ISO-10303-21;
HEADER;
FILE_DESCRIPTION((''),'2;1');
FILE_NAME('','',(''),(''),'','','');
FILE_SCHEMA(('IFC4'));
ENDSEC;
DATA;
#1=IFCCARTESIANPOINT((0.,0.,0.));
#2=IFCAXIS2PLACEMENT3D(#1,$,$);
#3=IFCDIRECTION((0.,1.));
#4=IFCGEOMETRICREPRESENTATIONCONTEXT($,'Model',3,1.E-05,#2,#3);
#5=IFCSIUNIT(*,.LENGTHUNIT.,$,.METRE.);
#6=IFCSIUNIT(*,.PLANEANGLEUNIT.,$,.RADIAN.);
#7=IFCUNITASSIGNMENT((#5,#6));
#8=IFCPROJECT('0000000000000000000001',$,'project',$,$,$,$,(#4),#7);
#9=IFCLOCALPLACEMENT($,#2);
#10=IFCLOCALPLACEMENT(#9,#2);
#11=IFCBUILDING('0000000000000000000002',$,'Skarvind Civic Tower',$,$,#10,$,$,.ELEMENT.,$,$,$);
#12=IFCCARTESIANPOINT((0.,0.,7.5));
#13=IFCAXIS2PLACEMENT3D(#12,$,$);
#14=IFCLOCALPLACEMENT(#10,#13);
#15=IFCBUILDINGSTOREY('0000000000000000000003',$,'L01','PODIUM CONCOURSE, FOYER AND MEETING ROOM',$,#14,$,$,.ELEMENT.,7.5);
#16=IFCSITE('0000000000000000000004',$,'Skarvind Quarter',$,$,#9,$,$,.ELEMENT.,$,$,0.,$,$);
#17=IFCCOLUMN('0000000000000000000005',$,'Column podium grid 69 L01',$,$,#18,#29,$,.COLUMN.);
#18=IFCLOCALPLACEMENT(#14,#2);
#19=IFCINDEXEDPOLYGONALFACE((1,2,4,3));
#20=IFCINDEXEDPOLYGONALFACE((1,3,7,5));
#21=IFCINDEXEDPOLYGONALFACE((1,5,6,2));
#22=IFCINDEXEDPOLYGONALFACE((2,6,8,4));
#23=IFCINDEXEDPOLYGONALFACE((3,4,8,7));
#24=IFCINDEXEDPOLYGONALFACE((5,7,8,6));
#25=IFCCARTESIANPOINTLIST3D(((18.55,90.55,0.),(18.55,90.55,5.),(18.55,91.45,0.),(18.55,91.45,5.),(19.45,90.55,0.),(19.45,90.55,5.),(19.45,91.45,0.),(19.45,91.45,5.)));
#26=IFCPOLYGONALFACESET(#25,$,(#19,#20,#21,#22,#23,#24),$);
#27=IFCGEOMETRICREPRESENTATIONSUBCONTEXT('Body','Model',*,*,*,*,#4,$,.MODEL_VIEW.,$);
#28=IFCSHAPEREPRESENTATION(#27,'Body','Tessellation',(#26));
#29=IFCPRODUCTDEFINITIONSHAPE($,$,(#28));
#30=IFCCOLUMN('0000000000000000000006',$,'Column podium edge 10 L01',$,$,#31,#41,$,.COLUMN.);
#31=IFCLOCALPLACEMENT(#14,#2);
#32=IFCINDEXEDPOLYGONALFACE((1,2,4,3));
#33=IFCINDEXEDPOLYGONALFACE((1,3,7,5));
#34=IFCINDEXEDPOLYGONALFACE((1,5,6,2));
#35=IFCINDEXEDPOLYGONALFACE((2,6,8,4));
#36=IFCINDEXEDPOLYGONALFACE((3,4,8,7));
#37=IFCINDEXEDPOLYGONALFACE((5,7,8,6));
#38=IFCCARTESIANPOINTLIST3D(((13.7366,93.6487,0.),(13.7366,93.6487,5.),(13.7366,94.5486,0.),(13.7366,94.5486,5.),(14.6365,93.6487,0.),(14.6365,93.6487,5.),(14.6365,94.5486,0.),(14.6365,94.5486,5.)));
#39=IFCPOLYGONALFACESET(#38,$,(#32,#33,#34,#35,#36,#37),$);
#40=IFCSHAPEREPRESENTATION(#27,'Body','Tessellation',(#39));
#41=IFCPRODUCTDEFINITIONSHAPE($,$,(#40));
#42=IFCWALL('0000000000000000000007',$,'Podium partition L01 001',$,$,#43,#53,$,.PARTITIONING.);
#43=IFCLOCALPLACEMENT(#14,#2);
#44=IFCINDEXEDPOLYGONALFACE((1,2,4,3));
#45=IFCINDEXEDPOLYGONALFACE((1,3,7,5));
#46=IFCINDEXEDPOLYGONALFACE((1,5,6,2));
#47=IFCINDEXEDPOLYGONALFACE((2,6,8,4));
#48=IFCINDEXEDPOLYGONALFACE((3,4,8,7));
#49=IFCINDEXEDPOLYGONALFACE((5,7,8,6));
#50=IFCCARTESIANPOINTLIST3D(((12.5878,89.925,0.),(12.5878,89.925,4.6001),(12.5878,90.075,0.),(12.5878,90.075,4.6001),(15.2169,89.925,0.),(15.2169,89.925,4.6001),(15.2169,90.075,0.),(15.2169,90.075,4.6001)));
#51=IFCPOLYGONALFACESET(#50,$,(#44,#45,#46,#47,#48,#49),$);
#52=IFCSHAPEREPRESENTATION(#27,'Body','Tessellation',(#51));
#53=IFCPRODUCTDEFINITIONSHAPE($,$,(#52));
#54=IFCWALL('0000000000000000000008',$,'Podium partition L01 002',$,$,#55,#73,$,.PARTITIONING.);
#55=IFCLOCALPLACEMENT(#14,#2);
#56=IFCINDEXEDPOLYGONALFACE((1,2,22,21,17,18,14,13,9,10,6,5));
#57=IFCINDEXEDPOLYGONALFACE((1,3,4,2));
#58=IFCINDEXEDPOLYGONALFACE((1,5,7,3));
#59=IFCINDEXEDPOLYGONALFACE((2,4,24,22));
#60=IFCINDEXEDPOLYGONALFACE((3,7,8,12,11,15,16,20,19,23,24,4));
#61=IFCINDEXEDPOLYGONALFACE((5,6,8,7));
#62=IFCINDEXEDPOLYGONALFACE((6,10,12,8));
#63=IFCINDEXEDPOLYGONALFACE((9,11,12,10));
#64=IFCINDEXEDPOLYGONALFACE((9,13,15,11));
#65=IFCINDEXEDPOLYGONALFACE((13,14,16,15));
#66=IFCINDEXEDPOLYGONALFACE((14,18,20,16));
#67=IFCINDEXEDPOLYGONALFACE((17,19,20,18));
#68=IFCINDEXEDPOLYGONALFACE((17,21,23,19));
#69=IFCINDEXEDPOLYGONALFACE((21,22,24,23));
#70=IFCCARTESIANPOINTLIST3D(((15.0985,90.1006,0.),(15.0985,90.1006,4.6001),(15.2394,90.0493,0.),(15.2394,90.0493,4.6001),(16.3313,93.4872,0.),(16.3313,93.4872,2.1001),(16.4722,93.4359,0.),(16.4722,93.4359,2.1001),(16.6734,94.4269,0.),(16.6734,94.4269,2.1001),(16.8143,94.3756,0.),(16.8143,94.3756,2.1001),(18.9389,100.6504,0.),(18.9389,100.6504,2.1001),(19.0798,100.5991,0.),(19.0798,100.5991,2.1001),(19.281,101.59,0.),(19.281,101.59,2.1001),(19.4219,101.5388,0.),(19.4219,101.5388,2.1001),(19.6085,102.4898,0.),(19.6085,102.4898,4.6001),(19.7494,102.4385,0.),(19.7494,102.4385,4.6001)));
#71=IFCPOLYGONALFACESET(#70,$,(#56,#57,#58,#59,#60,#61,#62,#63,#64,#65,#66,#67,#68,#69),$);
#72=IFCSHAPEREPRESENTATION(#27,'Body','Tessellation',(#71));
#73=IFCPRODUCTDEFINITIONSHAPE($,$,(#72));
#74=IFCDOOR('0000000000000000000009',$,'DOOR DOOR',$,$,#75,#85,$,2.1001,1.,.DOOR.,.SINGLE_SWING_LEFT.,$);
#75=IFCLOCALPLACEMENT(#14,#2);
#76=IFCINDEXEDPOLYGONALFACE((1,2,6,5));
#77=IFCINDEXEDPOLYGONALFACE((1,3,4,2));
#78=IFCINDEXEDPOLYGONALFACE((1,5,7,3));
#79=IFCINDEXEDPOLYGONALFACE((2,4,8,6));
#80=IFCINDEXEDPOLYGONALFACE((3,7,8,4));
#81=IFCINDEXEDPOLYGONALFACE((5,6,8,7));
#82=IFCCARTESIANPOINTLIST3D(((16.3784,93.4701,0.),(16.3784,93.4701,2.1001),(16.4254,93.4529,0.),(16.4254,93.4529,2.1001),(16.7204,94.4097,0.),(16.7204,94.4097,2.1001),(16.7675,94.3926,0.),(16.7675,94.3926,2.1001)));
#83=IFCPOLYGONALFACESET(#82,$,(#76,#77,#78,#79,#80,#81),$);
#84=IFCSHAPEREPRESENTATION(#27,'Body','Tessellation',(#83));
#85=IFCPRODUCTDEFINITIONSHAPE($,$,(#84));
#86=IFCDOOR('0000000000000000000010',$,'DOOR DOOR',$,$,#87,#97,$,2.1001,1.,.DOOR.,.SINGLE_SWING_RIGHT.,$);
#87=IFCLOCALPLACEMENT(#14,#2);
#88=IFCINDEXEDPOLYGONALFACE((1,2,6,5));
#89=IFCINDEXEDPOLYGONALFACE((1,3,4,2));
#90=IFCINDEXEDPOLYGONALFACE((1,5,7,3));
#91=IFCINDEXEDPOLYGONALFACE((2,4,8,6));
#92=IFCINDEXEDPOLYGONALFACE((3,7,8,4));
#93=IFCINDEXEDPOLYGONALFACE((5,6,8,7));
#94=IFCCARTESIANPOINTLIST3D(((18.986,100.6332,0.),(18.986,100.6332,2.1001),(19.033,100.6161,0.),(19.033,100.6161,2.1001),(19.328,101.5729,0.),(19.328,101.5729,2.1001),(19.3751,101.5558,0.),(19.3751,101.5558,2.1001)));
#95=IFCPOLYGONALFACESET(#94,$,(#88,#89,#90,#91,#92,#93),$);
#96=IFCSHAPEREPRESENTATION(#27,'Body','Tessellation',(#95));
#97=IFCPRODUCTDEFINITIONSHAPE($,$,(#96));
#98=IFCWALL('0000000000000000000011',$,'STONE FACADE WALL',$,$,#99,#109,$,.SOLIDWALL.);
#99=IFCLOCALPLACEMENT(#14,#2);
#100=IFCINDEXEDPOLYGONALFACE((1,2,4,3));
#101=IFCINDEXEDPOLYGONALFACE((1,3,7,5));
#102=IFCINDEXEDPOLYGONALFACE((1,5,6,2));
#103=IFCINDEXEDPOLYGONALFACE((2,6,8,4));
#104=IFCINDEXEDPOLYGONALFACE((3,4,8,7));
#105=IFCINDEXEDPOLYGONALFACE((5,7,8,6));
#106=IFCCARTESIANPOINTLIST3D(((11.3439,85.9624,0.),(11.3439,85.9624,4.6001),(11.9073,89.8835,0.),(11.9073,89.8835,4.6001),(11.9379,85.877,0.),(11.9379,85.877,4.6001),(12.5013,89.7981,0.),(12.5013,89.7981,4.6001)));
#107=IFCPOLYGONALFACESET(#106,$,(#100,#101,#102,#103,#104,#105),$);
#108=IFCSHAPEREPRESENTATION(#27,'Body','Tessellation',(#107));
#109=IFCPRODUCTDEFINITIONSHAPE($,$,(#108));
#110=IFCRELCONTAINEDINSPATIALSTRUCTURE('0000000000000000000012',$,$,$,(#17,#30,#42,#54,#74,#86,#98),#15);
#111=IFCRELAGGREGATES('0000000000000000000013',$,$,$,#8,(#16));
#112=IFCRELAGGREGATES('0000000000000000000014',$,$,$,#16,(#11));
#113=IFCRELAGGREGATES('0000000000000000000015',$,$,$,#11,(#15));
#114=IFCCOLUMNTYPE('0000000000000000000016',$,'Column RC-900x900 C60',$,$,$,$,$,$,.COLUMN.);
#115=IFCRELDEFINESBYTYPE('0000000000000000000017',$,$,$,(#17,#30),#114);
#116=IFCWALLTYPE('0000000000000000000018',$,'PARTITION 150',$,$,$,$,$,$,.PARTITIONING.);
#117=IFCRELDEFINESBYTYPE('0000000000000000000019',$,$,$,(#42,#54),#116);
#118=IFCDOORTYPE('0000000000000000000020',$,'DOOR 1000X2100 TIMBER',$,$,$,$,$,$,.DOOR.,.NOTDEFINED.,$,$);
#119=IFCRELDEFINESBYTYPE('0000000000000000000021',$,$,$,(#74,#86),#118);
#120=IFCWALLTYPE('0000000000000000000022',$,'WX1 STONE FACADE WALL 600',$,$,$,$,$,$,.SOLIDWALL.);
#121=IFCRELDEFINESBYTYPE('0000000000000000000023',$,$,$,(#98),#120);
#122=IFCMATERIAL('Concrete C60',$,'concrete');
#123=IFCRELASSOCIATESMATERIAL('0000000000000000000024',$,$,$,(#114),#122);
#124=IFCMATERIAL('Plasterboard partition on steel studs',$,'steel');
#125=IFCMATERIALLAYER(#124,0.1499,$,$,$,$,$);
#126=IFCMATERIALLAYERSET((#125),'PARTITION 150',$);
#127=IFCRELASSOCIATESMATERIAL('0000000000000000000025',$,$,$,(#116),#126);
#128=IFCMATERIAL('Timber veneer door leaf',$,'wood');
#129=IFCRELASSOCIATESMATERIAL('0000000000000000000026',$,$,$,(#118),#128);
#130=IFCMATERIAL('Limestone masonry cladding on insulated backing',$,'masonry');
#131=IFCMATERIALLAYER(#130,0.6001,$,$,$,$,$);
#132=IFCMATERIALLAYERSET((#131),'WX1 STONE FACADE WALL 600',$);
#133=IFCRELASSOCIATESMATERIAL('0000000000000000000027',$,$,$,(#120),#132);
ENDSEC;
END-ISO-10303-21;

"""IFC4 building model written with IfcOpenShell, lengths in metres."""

from ifc_helpers import new_model, si_unit, direction, frame, frame_2d, origin, origin_2d, place, context, subcontext, project, spatial, rectangle, extrude, material, layer, layer_set, material_profile, profile_set, type_object, element, fill, save


model = new_model("IFC4")

# Units and contexts
model_context = context("Model", 3, precision=1e-05, world=origin(), true_north=direction((0.0, 1.0)))
body_context = subcontext(model_context, "Body", "Model", "MODEL_VIEW")
ifc_project = project(units=[si_unit("LENGTHUNIT", "METRE"), si_unit("PLANEANGLEUNIT", "RADIAN")], contexts=[model_context])

# Site, building, storey
site_placement = place(None, origin())
site = spatial("IfcSite", under=ifc_project, at=site_placement, Name="Skarvind Quarter", CompositionType="ELEMENT", RefElevation=0.0)
building_placement = place(site_placement, origin())
building = spatial("IfcBuilding", under=site, at=building_placement, Name="Skarvind Civic Tower", CompositionType="ELEMENT")
storey_placement = place(building_placement, frame((0.0, 0.0, 7.5)))
storey = spatial("IfcBuildingStorey", under=building, at=storey_placement, Name="L01", Description="PODIUM CONCOURSE, FOYER AND MEETING ROOM", CompositionType="ELEMENT", Elevation=7.5)

# Columns
ifc_material_1 = material(Name="Concrete C60", Category="concrete")
ifc_material_profile = material_profile(ifc_material_1, rectangle(XDim=0.8999, YDim=0.8999, at=origin_2d()), Name="RC-900x900")
ifc_profile_set = profile_set([ifc_material_profile], Name="Concrete C60")
column_type = type_object("IfcColumnType", Name="Column RC-900x900 C60", PredefinedType="COLUMN", material=ifc_profile_set)
for number, where, z_axis, x_axis, name in (
    (1, (19.0, 91.0, 0.0), (0.0, 0.0, 1.0), (1.0, 0.0, 0.0), "Column podium grid 69 L01"),
    (2, (14.1865, 94.0986, 0.0), (0.0, 0.0, 1.0), (1.0, 0.0, 0.0), "Column podium edge 10 L01"),
):
    element("IfcColumn", number, at=place(storey_placement, frame(where, z_axis=z_axis, x_axis=x_axis)), inside=storey, type_object=column_type, Name=name, PredefinedType="COLUMN", context=body_context, shape_type="SweptSolid", body=[
        extrude(rectangle(XDim=0.8999, YDim=0.8999, at=origin_2d()), origin(), (0.0, 0.0, 1.0), 5.0),
    ])

# Wall
ifc_material_2 = material(Name="Plasterboard partition on steel studs", Category="steel")
ifc_layer_1 = layer(ifc_material_2, 0.1499)
ifc_layer_set_1 = layer_set([ifc_layer_1], Name="PARTITION 150")
wall_type_1 = type_object("IfcWallType", Name="PARTITION 150", PredefinedType="PARTITIONING", material=ifc_layer_set_1)
wall_1_placement = place(storey_placement, frame((12.5879, 90.0, 0.0), z_axis=(0.0, 0.0, 1.0), x_axis=(1.0, 0.0, 0.0)))
element("IfcWall", 3, at=wall_1_placement, inside=storey, type_object=wall_type_1, Name="Podium partition L01 001", PredefinedType="PARTITIONING", context=body_context, shape_type="SweptSolid", body=[
    extrude(rectangle(XDim=2.6292, YDim=0.1499, at=frame_2d((1.3145, 0.0))), origin(), (0.0, 0.0, 1.0), 4.6001),
])

# Wall, openings, doors
wall_2_placement = place(storey_placement, frame((15.1689, 90.075, 0.0), z_axis=(0.0, 0.0, 1.0), x_axis=(0.342069, 0.939675, 0.0)))
wall_2 = element("IfcWall", 4, at=wall_2_placement, inside=storey, type_object=wall_type_1, Name="Podium partition L01 002", PredefinedType="PARTITIONING", context=body_context, shape_type="SweptSolid", body=[
    extrude(rectangle(XDim=13.1846, YDim=0.1499, at=frame_2d((6.5923, 0.0))), origin(), (0.0, 0.0, 1.0), 4.6001),
])
opening_1_placement = place(wall_2_placement, frame((3.604, 0.0, 0.0)))
opening_1 = element("IfcOpeningElement", 5, at=opening_1_placement, cuts=wall_2, PredefinedType="OPENING", context=body_context, shape_type="SweptSolid", body=[
    extrude(rectangle(XDim=1.0, YDim=2.1001, at=frame_2d((0.5, 1.05))), frame((0.0, 0.085, 0.0), z_axis=(0.0, -1.0, 0.0), x_axis=(1.0, 0.0, 0.0)), (0.0, 0.0, 1.0), 0.1699),
])
opening_2_placement = place(wall_2_placement, frame((11.2271, 0.0, 0.0)))
opening_2 = element("IfcOpeningElement", 6, at=opening_2_placement, cuts=wall_2, PredefinedType="OPENING", context=body_context, shape_type="SweptSolid", body=[
    extrude(rectangle(XDim=1.0, YDim=2.1001, at=frame_2d((0.5, 1.05))), frame((0.0, 0.085, 0.0), z_axis=(0.0, -1.0, 0.0), x_axis=(1.0, 0.0, 0.0)), (0.0, 0.0, 1.0), 0.1699),
])
ifc_material_3 = material(Name="Timber veneer door leaf", Category="wood")
door_type = type_object("IfcDoorType", Name="DOOR 1000X2100 TIMBER", OperationType="NOTDEFINED", PredefinedType="DOOR", material=ifc_material_3)
door_1_placement = place(opening_1_placement, origin())
door_1 = element("IfcDoor", 7, at=door_1_placement, inside=storey, type_object=door_type, Name="DOOR DOOR", OperationType="SINGLE_SWING_LEFT", OverallHeight=2.1001, OverallWidth=1.0, PredefinedType="DOOR", context=body_context, shape_type="SweptSolid", body=[
    extrude(rectangle(XDim=1.0, YDim=2.1001, at=frame_2d((0.5, 1.05))), frame((0.0, 0.0249, 0.0), z_axis=(0.0, -1.0, 0.0), x_axis=(1.0, 0.0, 0.0)), (0.0, 0.0, 1.0), 0.05),
])
fill(opening_1, door_1)
door_2_placement = place(opening_2_placement, origin())
door_2 = element("IfcDoor", 8, at=door_2_placement, inside=storey, type_object=door_type, Name="DOOR DOOR", OperationType="SINGLE_SWING_RIGHT", OverallHeight=2.1001, OverallWidth=1.0, PredefinedType="DOOR", context=body_context, shape_type="SweptSolid", body=[
    extrude(rectangle(XDim=1.0, YDim=2.1001, at=frame_2d((0.5, 1.05))), frame((0.0, 0.0249, 0.0), z_axis=(0.0, -1.0, 0.0), x_axis=(1.0, 0.0, 0.0)), (0.0, 0.0, 1.0), 0.05),
])
fill(opening_2, door_2)

# Shared definitions
ifc_material_4 = material(Name="Limestone masonry cladding on insulated backing", Category="masonry")
ifc_layer_2 = layer(ifc_material_4, 0.6001)
ifc_layer_set_2 = layer_set([ifc_layer_2], Name="WX1 STONE FACADE WALL 600")
wall_type_2 = type_object("IfcWallType", Name="WX1 STONE FACADE WALL 600", PredefinedType="SOLIDWALL", material=ifc_layer_set_2)

# Wall
wall_3_placement = place(storey_placement, frame((11.6409, 85.9197, 0.0), z_axis=(0.0, 0.0, 1.0), x_axis=(0.142241, 0.989832, 0.0)))
element("IfcWall", 9, at=wall_3_placement, inside=storey, type_object=wall_type_2, Name="STONE FACADE WALL", PredefinedType="SOLIDWALL", context=body_context, shape_type="SweptSolid", body=[
    extrude(rectangle(XDim=3.9614, YDim=0.6001, at=frame_2d((1.9807, 0.0))), origin(), (0.0, 0.0, 1.0), 4.6001),
])

save(model, "model.ifc")
